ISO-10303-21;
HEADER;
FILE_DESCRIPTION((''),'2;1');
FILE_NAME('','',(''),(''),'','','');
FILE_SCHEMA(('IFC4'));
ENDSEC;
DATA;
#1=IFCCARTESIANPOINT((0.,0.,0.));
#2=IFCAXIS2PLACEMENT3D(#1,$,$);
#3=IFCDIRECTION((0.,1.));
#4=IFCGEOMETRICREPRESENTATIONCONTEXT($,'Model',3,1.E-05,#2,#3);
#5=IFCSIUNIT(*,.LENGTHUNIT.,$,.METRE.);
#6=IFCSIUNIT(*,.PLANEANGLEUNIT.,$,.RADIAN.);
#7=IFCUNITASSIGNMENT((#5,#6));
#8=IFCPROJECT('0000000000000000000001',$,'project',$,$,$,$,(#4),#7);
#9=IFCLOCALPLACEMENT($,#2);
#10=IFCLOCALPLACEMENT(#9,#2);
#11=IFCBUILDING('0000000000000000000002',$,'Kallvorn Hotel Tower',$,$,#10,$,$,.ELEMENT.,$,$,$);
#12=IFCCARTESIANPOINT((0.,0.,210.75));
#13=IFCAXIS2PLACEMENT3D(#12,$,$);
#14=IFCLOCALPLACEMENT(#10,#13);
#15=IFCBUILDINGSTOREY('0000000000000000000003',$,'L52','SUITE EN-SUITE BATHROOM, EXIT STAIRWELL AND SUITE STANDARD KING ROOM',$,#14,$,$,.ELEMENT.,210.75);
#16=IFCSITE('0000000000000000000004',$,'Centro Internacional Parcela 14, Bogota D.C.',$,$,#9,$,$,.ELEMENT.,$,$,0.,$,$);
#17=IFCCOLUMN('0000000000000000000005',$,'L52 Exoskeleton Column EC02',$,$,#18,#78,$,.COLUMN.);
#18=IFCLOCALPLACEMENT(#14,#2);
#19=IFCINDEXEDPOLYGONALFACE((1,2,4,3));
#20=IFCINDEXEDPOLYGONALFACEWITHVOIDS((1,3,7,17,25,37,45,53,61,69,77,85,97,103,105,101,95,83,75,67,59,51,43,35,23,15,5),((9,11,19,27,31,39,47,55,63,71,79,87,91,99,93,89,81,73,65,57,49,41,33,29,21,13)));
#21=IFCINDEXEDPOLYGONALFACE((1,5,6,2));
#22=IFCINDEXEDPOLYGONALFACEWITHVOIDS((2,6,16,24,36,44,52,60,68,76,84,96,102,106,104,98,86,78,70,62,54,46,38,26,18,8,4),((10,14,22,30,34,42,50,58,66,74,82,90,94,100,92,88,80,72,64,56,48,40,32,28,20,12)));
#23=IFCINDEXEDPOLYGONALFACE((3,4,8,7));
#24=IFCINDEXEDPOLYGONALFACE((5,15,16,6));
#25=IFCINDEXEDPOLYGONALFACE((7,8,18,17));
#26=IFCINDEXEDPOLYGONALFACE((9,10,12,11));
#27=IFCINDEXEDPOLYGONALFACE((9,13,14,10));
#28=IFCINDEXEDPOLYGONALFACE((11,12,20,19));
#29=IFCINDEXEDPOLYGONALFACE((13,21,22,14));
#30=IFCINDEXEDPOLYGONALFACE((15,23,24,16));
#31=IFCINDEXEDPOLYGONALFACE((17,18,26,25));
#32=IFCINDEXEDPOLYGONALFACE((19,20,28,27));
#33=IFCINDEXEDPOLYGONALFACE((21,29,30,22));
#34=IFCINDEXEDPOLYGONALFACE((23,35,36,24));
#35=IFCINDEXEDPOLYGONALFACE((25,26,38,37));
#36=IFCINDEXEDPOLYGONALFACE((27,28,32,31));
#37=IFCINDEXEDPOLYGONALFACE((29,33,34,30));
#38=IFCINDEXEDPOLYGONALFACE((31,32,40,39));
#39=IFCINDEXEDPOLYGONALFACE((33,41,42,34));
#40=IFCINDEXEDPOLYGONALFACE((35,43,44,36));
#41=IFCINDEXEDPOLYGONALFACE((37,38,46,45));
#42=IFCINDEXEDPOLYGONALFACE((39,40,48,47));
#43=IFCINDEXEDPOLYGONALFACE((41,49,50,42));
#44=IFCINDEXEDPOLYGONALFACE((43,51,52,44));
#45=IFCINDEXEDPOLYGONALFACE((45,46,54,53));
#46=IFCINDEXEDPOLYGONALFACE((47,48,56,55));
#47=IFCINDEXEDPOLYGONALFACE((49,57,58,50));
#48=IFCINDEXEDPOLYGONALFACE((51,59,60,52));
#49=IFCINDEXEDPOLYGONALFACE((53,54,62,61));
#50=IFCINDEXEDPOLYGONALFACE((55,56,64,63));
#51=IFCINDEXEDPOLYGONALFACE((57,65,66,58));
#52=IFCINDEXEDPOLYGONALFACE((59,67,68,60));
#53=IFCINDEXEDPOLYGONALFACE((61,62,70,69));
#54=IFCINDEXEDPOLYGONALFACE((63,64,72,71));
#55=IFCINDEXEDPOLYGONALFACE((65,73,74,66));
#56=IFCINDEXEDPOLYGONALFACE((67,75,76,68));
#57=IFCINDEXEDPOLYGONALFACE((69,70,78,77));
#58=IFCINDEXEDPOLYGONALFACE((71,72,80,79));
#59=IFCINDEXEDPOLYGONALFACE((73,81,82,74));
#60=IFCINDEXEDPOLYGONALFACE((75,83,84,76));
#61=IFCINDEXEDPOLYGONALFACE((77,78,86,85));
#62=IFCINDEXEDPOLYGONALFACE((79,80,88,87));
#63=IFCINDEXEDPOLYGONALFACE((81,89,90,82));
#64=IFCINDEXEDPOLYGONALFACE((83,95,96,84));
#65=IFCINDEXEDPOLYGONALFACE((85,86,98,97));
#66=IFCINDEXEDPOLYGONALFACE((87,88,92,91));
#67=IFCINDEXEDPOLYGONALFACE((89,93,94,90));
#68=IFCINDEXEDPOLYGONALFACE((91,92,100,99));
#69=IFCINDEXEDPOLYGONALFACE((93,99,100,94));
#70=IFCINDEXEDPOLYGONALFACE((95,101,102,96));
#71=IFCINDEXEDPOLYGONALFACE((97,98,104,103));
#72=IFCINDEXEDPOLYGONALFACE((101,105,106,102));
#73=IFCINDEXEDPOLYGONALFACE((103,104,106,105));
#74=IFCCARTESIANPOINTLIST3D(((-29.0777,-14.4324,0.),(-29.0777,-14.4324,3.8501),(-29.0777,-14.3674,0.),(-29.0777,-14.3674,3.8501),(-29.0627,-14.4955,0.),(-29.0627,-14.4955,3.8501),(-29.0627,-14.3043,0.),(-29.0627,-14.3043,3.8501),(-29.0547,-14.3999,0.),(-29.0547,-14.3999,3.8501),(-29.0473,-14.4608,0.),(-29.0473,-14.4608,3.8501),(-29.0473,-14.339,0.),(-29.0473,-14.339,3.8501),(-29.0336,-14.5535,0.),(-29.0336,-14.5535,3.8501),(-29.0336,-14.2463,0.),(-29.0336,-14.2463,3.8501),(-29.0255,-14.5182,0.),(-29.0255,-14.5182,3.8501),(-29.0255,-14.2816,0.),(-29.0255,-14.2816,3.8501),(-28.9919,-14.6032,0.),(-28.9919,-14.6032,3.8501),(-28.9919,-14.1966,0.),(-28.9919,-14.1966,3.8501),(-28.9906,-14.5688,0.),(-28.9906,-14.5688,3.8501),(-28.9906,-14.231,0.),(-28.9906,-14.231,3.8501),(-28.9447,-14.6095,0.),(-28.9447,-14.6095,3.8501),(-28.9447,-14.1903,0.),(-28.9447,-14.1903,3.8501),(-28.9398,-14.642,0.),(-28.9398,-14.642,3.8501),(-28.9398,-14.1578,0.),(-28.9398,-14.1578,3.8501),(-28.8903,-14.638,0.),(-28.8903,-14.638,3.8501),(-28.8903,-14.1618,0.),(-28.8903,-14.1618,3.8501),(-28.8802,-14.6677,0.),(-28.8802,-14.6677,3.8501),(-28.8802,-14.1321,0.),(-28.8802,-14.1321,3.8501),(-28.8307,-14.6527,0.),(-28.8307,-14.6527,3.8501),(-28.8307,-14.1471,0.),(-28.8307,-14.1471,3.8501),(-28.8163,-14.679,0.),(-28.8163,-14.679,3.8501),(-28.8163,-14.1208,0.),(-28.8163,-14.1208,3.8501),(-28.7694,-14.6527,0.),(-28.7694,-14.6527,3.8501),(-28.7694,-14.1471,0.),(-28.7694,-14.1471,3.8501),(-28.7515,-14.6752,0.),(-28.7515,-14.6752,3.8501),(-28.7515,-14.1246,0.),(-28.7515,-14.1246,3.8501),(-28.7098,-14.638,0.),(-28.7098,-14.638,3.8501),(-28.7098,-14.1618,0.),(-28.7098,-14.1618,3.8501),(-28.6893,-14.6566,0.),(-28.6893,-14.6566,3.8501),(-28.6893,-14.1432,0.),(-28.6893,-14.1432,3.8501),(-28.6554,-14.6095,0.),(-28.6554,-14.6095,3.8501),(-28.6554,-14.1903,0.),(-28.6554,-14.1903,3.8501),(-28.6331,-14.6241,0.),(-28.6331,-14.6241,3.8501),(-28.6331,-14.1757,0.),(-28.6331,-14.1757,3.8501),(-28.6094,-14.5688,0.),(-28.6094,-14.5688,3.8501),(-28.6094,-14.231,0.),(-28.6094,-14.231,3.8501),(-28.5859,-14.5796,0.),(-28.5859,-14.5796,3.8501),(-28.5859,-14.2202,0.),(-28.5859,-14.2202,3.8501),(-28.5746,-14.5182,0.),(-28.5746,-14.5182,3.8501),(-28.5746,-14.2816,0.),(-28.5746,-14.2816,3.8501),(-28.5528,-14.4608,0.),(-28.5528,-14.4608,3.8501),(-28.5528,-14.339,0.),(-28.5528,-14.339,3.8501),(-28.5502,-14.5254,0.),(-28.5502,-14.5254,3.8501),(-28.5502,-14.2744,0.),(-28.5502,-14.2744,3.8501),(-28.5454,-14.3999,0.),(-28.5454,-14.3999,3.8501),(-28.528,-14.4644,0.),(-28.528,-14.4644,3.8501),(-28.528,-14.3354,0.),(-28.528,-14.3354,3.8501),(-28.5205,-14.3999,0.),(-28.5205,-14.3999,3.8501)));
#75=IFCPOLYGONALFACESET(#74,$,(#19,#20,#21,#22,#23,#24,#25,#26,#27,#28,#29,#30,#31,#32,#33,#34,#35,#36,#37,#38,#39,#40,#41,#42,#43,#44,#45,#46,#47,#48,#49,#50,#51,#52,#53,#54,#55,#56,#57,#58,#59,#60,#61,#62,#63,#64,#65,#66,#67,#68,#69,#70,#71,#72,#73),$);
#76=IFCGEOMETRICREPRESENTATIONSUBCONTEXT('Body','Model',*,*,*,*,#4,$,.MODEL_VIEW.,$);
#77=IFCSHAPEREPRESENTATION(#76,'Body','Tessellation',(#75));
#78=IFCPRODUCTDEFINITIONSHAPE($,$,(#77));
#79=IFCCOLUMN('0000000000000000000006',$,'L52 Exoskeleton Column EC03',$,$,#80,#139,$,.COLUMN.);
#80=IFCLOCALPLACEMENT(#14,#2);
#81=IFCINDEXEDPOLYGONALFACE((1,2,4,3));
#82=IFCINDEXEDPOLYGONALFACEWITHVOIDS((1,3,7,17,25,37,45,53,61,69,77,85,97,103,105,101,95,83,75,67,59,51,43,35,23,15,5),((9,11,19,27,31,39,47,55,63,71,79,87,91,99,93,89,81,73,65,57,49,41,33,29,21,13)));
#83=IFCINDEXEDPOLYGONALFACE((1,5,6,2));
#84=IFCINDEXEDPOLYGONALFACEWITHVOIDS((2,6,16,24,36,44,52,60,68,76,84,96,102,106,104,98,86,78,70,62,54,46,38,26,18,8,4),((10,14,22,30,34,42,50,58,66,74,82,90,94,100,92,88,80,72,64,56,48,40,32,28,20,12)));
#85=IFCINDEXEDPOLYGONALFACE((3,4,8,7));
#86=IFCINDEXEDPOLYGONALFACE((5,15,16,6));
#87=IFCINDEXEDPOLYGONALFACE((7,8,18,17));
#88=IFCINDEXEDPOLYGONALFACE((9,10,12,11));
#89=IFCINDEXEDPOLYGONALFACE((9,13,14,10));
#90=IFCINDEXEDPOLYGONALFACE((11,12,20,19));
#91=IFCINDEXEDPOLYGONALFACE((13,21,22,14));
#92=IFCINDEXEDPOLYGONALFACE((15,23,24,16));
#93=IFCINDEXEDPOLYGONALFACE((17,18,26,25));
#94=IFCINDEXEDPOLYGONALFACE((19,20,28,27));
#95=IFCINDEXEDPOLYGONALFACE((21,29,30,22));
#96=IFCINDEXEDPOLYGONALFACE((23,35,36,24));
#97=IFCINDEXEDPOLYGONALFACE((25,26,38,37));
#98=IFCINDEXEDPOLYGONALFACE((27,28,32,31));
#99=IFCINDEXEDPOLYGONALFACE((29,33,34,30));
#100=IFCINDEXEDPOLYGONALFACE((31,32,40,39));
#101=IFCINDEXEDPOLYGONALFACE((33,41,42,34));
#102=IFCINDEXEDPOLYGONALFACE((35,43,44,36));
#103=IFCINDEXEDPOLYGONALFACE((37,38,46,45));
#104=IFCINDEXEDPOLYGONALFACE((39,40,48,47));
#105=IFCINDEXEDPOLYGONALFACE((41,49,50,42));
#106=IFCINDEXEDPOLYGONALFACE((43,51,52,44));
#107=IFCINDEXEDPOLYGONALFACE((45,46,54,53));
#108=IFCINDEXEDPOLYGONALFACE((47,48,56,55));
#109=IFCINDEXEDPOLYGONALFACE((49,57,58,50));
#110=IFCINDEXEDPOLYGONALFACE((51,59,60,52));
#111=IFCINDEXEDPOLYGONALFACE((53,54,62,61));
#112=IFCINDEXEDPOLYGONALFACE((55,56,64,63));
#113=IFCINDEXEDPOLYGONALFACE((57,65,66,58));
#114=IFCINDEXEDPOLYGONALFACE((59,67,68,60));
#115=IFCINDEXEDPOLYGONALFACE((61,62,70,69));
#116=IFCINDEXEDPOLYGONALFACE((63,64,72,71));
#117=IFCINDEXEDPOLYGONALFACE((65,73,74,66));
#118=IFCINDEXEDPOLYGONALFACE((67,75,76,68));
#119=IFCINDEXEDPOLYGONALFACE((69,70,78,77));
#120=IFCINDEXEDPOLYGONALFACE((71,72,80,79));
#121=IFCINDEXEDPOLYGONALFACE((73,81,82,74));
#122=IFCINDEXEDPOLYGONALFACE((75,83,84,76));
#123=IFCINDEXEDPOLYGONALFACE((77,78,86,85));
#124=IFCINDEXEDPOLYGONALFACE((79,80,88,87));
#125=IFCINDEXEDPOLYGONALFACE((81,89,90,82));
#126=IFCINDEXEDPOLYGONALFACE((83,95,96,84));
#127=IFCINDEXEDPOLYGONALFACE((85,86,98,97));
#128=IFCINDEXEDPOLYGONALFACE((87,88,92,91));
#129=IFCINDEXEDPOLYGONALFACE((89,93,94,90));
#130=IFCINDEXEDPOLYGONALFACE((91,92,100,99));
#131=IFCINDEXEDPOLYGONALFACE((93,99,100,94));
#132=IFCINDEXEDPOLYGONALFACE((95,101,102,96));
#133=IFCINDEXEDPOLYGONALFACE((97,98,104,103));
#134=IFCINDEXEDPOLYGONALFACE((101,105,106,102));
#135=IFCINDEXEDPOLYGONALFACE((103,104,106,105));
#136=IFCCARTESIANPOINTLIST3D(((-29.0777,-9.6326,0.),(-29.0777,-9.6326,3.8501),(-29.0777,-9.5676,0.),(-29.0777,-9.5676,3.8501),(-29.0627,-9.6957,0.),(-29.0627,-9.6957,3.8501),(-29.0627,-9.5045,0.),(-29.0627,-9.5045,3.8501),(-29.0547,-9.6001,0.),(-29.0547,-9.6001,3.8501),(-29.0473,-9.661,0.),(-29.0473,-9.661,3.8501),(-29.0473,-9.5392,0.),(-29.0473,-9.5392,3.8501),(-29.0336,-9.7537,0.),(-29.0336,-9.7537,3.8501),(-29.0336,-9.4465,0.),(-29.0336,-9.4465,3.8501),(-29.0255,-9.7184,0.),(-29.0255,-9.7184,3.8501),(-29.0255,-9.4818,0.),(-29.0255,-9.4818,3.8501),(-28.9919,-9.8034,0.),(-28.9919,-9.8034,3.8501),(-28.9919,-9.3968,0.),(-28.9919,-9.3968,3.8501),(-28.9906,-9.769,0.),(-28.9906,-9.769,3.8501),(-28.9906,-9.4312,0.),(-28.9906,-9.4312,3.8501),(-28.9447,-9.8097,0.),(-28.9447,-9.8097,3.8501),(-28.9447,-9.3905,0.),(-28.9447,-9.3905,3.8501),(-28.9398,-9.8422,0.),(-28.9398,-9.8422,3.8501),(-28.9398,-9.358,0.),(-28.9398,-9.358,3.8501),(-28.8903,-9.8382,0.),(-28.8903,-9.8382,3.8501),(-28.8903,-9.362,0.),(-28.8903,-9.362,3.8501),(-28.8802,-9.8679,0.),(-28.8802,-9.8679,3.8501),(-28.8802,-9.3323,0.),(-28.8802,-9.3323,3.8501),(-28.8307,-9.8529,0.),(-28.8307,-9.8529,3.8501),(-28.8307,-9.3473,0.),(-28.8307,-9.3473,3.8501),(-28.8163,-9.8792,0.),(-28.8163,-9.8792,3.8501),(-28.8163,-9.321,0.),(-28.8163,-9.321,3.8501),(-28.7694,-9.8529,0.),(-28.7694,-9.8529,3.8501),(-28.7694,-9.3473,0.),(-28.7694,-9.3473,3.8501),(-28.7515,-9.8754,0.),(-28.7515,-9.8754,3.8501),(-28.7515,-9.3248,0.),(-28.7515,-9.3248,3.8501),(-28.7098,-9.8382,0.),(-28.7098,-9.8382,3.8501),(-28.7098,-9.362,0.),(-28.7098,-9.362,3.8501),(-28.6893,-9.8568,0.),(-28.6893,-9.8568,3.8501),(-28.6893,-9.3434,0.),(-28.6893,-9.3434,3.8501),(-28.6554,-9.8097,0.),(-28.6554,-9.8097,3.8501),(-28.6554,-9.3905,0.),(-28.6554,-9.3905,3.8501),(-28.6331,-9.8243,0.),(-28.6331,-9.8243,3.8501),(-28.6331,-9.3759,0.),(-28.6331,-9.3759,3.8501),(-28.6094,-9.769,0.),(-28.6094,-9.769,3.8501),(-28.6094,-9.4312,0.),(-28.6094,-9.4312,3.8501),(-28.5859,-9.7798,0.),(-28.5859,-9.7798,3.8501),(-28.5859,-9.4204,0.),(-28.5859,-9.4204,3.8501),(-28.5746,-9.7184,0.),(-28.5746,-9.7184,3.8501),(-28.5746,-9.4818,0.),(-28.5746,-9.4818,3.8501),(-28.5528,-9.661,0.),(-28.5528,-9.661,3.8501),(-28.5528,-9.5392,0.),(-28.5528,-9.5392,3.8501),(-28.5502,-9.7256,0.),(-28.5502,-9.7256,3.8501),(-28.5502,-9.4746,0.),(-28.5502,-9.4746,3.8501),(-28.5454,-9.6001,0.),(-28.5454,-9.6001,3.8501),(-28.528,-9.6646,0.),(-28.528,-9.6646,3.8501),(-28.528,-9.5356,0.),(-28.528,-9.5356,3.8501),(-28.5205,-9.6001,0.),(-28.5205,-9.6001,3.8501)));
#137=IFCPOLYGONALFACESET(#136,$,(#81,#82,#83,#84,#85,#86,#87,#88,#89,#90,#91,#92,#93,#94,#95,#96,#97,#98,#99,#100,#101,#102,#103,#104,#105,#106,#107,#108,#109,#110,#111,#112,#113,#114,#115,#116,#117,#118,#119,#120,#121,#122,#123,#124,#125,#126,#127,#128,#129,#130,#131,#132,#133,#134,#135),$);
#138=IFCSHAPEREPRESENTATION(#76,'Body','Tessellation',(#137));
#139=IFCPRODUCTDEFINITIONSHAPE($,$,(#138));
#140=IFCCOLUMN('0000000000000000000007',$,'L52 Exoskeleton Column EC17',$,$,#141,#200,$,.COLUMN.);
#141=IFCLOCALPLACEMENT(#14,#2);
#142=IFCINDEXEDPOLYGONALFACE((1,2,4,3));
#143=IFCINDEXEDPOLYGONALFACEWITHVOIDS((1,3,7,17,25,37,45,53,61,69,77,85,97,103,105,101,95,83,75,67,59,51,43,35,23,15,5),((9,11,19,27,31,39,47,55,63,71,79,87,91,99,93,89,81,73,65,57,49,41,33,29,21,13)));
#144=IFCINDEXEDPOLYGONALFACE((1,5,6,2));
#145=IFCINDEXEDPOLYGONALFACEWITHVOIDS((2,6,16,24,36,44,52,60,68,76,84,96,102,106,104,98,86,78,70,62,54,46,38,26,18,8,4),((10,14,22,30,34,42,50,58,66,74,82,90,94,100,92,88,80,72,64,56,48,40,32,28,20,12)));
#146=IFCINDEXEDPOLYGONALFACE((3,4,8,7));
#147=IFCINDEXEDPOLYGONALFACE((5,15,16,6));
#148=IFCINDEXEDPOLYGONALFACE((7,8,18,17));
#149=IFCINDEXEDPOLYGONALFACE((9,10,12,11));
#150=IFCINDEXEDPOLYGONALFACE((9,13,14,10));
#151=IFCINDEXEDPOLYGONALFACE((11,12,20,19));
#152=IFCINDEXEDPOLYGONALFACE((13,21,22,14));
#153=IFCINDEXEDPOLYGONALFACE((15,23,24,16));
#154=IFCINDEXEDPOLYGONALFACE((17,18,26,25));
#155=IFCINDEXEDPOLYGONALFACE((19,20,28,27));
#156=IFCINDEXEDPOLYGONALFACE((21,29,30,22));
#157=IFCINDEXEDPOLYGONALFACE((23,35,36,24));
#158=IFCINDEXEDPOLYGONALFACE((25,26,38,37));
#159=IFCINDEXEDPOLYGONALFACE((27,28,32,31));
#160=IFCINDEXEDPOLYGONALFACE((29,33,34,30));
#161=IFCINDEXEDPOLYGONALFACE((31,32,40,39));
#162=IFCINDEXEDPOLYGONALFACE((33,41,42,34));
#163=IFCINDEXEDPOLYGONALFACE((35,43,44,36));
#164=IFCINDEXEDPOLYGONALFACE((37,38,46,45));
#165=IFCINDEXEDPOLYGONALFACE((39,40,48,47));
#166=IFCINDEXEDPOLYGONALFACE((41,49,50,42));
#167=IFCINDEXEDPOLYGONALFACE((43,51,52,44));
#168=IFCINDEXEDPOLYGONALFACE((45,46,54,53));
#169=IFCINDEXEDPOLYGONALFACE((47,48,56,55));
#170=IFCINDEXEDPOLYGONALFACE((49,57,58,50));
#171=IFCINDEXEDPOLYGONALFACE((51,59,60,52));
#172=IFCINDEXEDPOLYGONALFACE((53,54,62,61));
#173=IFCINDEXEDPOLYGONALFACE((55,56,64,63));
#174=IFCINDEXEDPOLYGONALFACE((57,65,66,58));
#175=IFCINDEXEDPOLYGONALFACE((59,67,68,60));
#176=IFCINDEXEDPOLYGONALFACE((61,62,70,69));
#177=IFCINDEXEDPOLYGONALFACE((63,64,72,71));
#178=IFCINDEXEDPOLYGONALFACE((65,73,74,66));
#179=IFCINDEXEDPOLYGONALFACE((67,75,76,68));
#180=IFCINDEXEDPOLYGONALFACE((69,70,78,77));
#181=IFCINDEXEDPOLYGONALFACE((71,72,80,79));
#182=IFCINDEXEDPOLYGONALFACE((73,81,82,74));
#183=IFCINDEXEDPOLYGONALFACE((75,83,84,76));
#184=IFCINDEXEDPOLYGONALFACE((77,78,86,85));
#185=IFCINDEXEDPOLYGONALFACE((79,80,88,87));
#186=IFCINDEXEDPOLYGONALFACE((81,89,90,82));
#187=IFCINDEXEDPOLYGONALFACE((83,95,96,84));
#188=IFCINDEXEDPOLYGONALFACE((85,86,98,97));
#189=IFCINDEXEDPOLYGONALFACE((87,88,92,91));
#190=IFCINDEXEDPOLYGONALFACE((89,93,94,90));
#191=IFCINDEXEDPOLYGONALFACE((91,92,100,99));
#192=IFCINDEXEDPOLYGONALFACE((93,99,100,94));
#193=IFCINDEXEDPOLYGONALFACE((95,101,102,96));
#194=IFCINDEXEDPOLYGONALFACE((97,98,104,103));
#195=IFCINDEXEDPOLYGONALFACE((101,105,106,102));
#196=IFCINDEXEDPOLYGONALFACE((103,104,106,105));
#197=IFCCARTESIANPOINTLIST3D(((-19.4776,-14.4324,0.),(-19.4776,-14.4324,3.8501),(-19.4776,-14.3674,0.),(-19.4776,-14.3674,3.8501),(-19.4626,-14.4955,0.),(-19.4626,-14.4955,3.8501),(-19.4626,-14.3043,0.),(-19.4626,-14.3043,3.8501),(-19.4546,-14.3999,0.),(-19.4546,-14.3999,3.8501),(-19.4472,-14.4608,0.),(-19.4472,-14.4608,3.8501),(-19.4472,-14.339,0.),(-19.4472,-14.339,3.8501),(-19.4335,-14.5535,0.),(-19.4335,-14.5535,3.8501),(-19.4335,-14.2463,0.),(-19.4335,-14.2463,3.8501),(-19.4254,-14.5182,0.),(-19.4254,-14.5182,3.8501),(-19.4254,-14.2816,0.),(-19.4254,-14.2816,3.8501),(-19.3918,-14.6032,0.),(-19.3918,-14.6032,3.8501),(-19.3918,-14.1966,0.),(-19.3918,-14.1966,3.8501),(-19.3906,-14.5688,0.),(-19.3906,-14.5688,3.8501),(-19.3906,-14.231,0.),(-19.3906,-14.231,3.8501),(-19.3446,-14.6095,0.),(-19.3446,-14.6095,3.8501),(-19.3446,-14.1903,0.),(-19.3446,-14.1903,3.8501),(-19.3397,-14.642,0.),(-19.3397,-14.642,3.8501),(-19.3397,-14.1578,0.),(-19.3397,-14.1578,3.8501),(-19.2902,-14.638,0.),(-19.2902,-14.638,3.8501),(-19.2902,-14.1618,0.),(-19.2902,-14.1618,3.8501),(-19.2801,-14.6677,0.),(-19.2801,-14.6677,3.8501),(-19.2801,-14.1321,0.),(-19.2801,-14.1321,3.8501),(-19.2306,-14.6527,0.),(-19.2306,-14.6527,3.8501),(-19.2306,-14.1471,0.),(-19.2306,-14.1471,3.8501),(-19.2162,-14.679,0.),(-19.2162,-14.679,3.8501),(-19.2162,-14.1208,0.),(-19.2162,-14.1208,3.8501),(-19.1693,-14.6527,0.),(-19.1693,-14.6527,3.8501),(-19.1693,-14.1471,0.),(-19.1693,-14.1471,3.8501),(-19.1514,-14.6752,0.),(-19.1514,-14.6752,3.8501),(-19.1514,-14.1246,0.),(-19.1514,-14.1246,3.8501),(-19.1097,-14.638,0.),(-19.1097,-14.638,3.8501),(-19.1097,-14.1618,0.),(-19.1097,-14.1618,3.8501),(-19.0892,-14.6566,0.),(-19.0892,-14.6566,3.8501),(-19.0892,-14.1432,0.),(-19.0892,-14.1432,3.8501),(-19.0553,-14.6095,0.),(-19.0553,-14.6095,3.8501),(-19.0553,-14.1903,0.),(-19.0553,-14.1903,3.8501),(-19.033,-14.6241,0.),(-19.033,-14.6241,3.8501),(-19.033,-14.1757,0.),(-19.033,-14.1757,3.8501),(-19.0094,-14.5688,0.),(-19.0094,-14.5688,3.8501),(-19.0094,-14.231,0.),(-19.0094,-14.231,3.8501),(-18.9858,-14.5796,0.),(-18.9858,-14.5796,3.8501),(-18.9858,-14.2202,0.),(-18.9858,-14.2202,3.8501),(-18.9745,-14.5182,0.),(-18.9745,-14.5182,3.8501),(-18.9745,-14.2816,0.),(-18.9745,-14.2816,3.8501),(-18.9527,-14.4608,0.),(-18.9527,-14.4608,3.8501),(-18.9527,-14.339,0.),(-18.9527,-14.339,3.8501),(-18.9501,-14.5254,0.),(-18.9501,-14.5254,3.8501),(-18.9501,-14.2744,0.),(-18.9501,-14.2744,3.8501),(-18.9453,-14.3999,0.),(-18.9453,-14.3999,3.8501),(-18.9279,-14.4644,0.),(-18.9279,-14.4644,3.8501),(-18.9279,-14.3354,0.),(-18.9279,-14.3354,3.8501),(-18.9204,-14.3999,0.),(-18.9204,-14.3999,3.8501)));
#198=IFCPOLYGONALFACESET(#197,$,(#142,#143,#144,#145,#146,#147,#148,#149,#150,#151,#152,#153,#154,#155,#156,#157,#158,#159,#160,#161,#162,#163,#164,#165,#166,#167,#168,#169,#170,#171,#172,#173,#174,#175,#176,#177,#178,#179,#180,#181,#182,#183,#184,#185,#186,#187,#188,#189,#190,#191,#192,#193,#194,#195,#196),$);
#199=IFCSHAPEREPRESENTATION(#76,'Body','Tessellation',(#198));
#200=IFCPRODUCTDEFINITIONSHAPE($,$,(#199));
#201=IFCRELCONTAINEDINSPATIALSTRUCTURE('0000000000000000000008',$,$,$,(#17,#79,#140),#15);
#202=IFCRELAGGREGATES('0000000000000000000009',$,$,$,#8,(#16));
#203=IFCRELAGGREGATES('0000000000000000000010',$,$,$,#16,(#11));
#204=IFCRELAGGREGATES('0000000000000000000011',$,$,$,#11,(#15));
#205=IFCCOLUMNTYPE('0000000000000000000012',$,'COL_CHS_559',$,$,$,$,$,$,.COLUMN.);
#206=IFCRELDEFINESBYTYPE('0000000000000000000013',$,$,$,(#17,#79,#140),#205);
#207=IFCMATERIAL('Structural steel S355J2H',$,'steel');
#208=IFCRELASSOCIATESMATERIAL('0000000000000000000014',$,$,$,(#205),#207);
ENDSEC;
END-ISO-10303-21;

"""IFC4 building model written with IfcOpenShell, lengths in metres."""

from ifc_helpers import new_model, si_unit, direction, frame, origin, origin_2d, place, context, subcontext, project, spatial, hollow_circle, extrude, material, material_profile, profile_set, type_object, element, save


model = new_model("IFC4")

# Units and contexts
model_context = context("Model", 3, precision=1e-05, world=origin(), true_north=direction((0.0, 1.0)))
body_context = subcontext(model_context, "Body", "Model", "MODEL_VIEW")
ifc_project = project(units=[si_unit("LENGTHUNIT", "METRE"), si_unit("PLANEANGLEUNIT", "RADIAN")], contexts=[model_context])

# Site, building, storey
site_placement = place(None, origin())
site = spatial("IfcSite", under=ifc_project, at=site_placement, Name="Centro Internacional Parcela 14, Bogota D.C.", CompositionType="ELEMENT", RefElevation=0.0)
building_placement = place(site_placement, origin())
building = spatial("IfcBuilding", under=site, at=building_placement, Name="Kallvorn Hotel Tower", CompositionType="ELEMENT")
storey_placement = place(building_placement, frame((0.0, 0.0, 210.75)))
storey = spatial("IfcBuildingStorey", under=building, at=storey_placement, Name="L52", Description="SUITE EN-SUITE BATHROOM, EXIT STAIRWELL AND SUITE STANDARD KING ROOM", CompositionType="ELEMENT", Elevation=210.75)

# Columns
ifc_material_1 = material(Name="Structural steel S355J2H", Category="steel")
ifc_material_profile_1 = material_profile(ifc_material_1, hollow_circle(Radius=0.2795, WallThickness=0.0249, at=origin_2d()), Name="CHS 559x25")
ifc_profile_set_1 = profile_set([ifc_material_profile_1], Name="Structural steel S355J2H")
column_type_1 = type_object("IfcColumnType", Name="COL_CHS_559", PredefinedType="COLUMN", material=ifc_profile_set_1)
for number, where, z_axis, x_axis, name in (
    (1, (-28.8, -14.3999, 0.0), (0.0, 0.0, 1.0), (1.0, 0.0, 0.0), "L52 Exoskeleton Column EC02"),
    (2, (-28.8, -9.6001, 0.0), (0.0, 0.0, 1.0), (1.0, 0.0, 0.0), "L52 Exoskeleton Column EC03"),
    (3, (-19.2, -14.3999, 0.0), (0.0, 0.0, 1.0), (1.0, 0.0, 0.0), "L52 Exoskeleton Column EC17"),
):
    element("IfcColumn", number, at=place(storey_placement, frame(where, z_axis=z_axis, x_axis=x_axis)), inside=storey, type_object=column_type_1, Name=name, PredefinedType="COLUMN", context=body_context, shape_type="SweptSolid", body=[
        extrude(hollow_circle(Radius=0.2795, WallThickness=0.0249, at=origin_2d()), origin(), (0.0, 0.0, 1.0), 3.8501),
    ])

save(model, "model.ifc")
